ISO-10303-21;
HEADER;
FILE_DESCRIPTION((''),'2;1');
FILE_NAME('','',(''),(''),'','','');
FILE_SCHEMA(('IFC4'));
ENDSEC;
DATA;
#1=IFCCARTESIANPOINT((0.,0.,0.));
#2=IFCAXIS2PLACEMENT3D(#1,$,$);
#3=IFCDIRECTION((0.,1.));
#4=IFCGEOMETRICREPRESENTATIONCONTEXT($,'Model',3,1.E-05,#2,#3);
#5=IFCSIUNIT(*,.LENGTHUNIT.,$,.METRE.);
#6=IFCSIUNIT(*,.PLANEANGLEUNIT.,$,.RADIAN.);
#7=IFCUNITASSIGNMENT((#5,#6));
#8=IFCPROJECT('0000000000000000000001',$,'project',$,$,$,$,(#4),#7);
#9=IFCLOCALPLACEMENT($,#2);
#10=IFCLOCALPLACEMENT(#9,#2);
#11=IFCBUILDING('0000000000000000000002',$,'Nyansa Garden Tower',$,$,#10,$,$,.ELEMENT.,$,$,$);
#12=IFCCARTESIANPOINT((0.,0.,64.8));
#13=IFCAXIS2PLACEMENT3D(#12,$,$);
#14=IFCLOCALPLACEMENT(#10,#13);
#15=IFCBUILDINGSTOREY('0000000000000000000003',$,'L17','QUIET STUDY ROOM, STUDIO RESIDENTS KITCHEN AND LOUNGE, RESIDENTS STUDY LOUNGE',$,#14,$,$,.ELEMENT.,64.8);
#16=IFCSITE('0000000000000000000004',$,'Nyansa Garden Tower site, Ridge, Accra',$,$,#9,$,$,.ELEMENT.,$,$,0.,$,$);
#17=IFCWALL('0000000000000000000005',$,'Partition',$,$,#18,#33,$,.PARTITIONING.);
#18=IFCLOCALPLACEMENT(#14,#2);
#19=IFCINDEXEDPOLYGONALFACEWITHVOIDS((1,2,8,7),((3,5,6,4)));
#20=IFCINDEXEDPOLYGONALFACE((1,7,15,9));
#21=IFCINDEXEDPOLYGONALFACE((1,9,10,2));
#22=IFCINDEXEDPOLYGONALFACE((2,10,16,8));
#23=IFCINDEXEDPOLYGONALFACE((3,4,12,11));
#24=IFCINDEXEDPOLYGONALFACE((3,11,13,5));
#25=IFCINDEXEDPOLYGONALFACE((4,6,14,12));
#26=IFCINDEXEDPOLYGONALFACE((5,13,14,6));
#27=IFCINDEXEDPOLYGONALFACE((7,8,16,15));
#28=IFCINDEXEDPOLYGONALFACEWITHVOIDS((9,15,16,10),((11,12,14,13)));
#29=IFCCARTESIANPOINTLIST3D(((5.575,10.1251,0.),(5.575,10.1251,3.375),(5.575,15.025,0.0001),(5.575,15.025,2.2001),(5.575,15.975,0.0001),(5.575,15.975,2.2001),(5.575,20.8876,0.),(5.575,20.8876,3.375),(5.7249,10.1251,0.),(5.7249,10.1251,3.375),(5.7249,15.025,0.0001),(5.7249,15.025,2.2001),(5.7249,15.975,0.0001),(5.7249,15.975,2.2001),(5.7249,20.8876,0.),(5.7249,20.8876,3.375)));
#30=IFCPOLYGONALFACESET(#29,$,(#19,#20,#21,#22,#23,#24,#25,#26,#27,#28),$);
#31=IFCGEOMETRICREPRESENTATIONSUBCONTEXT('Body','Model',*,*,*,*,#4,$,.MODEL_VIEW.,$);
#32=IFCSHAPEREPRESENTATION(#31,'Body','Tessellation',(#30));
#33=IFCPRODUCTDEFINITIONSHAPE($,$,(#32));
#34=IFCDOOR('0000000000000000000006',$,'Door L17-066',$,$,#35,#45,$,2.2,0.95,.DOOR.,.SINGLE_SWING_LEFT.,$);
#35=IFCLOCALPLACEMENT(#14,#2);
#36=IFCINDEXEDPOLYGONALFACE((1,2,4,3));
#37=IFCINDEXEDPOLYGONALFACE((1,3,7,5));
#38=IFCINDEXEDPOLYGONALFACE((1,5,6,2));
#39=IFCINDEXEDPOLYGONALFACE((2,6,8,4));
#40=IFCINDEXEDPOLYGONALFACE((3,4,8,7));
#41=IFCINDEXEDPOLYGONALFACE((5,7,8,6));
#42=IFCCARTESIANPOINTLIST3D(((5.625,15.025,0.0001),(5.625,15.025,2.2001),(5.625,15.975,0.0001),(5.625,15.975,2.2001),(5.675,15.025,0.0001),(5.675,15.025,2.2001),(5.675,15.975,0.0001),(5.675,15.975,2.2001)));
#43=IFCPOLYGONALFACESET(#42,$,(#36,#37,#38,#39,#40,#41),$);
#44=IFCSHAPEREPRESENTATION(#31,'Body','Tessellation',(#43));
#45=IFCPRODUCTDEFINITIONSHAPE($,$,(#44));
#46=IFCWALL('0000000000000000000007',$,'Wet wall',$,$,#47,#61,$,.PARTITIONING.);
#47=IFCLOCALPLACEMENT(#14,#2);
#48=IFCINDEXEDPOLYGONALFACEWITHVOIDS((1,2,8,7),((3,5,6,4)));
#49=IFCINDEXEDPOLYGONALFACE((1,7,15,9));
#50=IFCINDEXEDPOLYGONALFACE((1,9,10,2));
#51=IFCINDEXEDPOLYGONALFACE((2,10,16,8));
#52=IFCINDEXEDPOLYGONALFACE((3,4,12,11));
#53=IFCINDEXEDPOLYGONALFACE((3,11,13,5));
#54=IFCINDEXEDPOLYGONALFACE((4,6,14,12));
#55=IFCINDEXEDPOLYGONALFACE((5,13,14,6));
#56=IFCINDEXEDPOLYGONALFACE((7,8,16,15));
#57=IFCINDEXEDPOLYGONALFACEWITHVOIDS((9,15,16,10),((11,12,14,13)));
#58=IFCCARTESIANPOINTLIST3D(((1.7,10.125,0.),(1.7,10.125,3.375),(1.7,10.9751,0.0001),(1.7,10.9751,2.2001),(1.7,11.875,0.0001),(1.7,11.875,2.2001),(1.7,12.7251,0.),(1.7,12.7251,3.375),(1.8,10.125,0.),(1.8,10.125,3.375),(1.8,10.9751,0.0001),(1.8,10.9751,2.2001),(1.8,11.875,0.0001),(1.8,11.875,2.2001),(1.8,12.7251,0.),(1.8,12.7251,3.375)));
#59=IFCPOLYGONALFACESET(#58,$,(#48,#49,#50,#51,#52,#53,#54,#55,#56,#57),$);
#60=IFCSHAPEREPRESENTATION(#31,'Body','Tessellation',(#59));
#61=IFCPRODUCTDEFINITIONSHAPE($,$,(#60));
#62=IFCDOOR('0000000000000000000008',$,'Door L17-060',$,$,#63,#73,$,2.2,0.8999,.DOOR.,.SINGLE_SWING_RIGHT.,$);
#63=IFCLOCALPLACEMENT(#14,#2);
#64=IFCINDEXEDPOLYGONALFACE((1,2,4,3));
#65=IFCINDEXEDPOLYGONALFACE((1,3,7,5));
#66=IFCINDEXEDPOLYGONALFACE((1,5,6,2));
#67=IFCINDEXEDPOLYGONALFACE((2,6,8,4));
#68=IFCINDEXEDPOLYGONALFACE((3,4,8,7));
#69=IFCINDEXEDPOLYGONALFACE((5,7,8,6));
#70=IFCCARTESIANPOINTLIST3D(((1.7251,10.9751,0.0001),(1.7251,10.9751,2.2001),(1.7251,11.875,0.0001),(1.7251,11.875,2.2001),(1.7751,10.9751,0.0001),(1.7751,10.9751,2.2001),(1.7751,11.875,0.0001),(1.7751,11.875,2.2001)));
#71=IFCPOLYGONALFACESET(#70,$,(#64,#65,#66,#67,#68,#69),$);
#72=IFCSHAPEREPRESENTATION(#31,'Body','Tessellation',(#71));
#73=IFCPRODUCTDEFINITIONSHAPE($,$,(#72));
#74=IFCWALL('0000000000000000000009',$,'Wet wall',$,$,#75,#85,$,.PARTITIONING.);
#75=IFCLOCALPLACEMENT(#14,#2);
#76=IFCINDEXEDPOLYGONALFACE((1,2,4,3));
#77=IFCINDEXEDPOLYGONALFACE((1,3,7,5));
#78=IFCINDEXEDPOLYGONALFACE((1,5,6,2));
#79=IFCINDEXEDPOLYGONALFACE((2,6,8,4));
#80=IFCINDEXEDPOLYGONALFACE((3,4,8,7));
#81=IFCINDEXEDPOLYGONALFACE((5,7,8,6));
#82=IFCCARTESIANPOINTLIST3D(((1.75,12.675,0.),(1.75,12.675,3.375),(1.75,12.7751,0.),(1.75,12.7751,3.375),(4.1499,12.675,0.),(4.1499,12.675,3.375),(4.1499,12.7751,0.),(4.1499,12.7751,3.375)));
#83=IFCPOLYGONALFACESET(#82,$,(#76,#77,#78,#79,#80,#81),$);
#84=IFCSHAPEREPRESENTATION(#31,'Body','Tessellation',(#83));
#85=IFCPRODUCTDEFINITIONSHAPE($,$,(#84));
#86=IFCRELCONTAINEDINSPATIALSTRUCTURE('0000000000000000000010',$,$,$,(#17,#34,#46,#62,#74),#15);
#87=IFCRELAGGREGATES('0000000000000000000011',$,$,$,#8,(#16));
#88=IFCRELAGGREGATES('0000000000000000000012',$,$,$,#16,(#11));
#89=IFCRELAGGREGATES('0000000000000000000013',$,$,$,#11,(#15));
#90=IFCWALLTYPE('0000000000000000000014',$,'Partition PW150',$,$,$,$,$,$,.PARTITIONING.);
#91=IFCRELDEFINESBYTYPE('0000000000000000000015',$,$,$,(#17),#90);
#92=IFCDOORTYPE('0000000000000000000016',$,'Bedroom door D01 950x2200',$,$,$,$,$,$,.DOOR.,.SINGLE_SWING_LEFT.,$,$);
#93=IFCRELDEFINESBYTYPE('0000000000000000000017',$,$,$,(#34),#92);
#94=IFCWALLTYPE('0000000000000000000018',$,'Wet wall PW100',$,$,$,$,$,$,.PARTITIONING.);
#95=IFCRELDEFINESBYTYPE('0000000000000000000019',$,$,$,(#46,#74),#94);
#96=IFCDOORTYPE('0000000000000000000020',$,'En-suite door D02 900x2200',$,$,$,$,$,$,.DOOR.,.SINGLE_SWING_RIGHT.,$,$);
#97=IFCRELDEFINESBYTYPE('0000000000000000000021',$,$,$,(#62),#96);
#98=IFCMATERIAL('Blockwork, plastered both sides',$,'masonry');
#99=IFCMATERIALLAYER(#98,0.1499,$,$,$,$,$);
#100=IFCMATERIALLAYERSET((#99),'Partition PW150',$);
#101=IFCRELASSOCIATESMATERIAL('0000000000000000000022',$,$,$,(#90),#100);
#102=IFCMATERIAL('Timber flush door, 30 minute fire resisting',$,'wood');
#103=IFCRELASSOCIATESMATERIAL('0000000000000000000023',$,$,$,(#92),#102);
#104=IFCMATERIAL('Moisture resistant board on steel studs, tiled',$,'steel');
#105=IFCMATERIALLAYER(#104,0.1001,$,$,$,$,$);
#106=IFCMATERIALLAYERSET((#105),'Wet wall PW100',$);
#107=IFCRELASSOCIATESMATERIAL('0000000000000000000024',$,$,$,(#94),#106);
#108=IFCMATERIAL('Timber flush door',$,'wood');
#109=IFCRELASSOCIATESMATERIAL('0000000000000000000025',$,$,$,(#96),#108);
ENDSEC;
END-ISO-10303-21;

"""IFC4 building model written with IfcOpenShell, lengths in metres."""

from ifc_helpers import new_model, si_unit, direction, frame, frame_2d, origin, place, context, subcontext, project, spatial, rectangle, extrude, material, layer, layer_set, type_object, element, fill, save


model = new_model("IFC4")

# Units and contexts
model_context = context("Model", 3, precision=1e-05, world=origin(), true_north=direction((0.0, 1.0)))
body_context = subcontext(model_context, "Body", "Model", "MODEL_VIEW")
ifc_project = project(units=[si_unit("LENGTHUNIT", "METRE"), si_unit("PLANEANGLEUNIT", "RADIAN")], contexts=[model_context])

# Site, building, storey
site_placement = place(None, origin())
site = spatial("IfcSite", under=ifc_project, at=site_placement, Name="Nyansa Garden Tower site, Ridge, Accra", CompositionType="ELEMENT", RefElevation=0.0)
building_placement = place(site_placement, origin())
building = spatial("IfcBuilding", under=site, at=building_placement, Name="Nyansa Garden Tower", CompositionType="ELEMENT")
storey_placement = place(building_placement, frame((0.0, 0.0, 64.8)))
storey = spatial("IfcBuildingStorey", under=building, at=storey_placement, Name="L17", Description="QUIET STUDY ROOM, STUDIO RESIDENTS KITCHEN AND LOUNGE, RESIDENTS STUDY LOUNGE", CompositionType="ELEMENT", Elevation=64.8)

# Shared definitions
ifc_material_1 = material(Name="Blockwork, plastered both sides", Category="masonry")
ifc_layer_1 = layer(ifc_material_1, 0.1499)
ifc_layer_set_1 = layer_set([ifc_layer_1], Name="Partition PW150")
wall_type_1 = type_object("IfcWallType", Name="Partition PW150", PredefinedType="PARTITIONING", material=ifc_layer_set_1)

# Walls, openings, doors
wall_1_placement = place(storey_placement, frame((5.6499, 10.125, 0.0), z_axis=(0.0, 0.0, 1.0), x_axis=(0.0, 1.0, 0.0)))
wall_1 = element("IfcWall", 1, at=wall_1_placement, inside=storey, type_object=wall_type_1, Name="Partition", PredefinedType="PARTITIONING", context=body_context, shape_type="SweptSolid", body=[
    extrude(rectangle(XDim=10.7625, YDim=0.1499, at=frame_2d((5.3813, 0.0))), origin(), (0.0, 0.0, 1.0), 3.375),
])
opening_1_placement = place(wall_1_placement, frame((4.8999, 0.0, 0.0)))
opening_1 = element("IfcOpeningElement", 2, at=opening_1_placement, cuts=wall_1, PredefinedType="OPENING", context=body_context, shape_type="SweptSolid", body=[
    extrude(rectangle(XDim=0.95, YDim=2.2, at=frame_2d((0.4751, 1.1001))), frame((0.0, 0.085, 0.0), z_axis=(0.0, -1.0, 0.0), x_axis=(1.0, 0.0, 0.0)), (0.0, 0.0, 1.0), 0.1699),
])
ifc_material_2 = material(Name="Timber flush door, 30 minute fire resisting", Category="wood")
door_type_1 = type_object("IfcDoorType", Name="Bedroom door D01 950x2200", OperationType="SINGLE_SWING_LEFT", PredefinedType="DOOR", material=ifc_material_2)
door_1_placement = place(opening_1_placement, origin())
door_1 = element("IfcDoor", 3, at=door_1_placement, inside=storey, type_object=door_type_1, Name="Door L17-066", OperationType="SINGLE_SWING_LEFT", OverallHeight=2.2, OverallWidth=0.95, PredefinedType="DOOR", context=body_context, shape_type="SweptSolid", body=[
    extrude(rectangle(XDim=0.95, YDim=2.2, at=frame_2d((0.4751, 1.1001))), frame((0.0, 0.0249, 0.0), z_axis=(0.0, -1.0, 0.0), x_axis=(1.0, 0.0, 0.0)), (0.0, 0.0, 1.0), 0.05),
])
fill(opening_1, door_1)
ifc_material_3 = material(Name="Moisture resistant board on steel studs, tiled", Category="steel")
ifc_layer_2 = layer(ifc_material_3, 0.1001)
ifc_layer_set_2 = layer_set([ifc_layer_2], Name="Wet wall PW100")
wall_type_2 = type_object("IfcWallType", Name="Wet wall PW100", PredefinedType="PARTITIONING", material=ifc_layer_set_2)
wall_2_placement = place(storey_placement, frame((1.75, 10.125, 0.0), z_axis=(0.0, 0.0, 1.0), x_axis=(0.0, 1.0, 0.0)))
wall_2 = element("IfcWall", 4, at=wall_2_placement, inside=storey, type_object=wall_type_2, Name="Wet wall", PredefinedType="PARTITIONING", context=body_context, shape_type="SweptSolid", body=[
    extrude(rectangle(XDim=2.6001, YDim=0.1001, at=frame_2d((1.3, 0.0))), origin(), (0.0, 0.0, 1.0), 3.375),
])
opening_2_placement = place(wall_2_placement, frame((0.8501, 0.0, 0.0)))
opening_2 = element("IfcOpeningElement", 5, at=opening_2_placement, cuts=wall_2, PredefinedType="OPENING", context=body_context, shape_type="SweptSolid", body=[
    extrude(rectangle(XDim=0.8999, YDim=2.2, at=frame_2d((0.45, 1.1001))), frame((0.0, 0.0601, 0.0), z_axis=(0.0, -1.0, 0.0), x_axis=(1.0, 0.0, 0.0)), (0.0, 0.0, 1.0), 0.1201),
])
ifc_material_4 = material(Name="Timber flush door", Category="wood")
door_type_2 = type_object("IfcDoorType", Name="En-suite door D02 900x2200", OperationType="SINGLE_SWING_RIGHT", PredefinedType="DOOR", material=ifc_material_4)
door_2_placement = place(opening_2_placement, origin())
door_2 = element("IfcDoor", 6, at=door_2_placement, inside=storey, type_object=door_type_2, Name="Door L17-060", OperationType="SINGLE_SWING_RIGHT", OverallHeight=2.2, OverallWidth=0.8999, PredefinedType="DOOR", context=body_context, shape_type="SweptSolid", body=[
    extrude(rectangle(XDim=0.8999, YDim=2.2, at=frame_2d((0.45, 1.1001))), frame((0.0, 0.0249, 0.0), z_axis=(0.0, -1.0, 0.0), x_axis=(1.0, 0.0, 0.0)), (0.0, 0.0, 1.0), 0.05),
])
fill(opening_2, door_2)

# Wall
wall_3_placement = place(storey_placement, frame((1.75, 12.7251, 0.0), z_axis=(0.0, 0.0, 1.0), x_axis=(1.0, 0.0, 0.0)))
element("IfcWall", 7, at=wall_3_placement, inside=storey, type_object=wall_type_2, Name="Wet wall", PredefinedType="PARTITIONING", context=body_context, shape_type="SweptSolid", body=[
    extrude(rectangle(XDim=2.3999, YDim=0.1001, at=frame_2d((1.2, 0.0))), origin(), (0.0, 0.0, 1.0), 3.375),
])

save(model, "model.ifc")
